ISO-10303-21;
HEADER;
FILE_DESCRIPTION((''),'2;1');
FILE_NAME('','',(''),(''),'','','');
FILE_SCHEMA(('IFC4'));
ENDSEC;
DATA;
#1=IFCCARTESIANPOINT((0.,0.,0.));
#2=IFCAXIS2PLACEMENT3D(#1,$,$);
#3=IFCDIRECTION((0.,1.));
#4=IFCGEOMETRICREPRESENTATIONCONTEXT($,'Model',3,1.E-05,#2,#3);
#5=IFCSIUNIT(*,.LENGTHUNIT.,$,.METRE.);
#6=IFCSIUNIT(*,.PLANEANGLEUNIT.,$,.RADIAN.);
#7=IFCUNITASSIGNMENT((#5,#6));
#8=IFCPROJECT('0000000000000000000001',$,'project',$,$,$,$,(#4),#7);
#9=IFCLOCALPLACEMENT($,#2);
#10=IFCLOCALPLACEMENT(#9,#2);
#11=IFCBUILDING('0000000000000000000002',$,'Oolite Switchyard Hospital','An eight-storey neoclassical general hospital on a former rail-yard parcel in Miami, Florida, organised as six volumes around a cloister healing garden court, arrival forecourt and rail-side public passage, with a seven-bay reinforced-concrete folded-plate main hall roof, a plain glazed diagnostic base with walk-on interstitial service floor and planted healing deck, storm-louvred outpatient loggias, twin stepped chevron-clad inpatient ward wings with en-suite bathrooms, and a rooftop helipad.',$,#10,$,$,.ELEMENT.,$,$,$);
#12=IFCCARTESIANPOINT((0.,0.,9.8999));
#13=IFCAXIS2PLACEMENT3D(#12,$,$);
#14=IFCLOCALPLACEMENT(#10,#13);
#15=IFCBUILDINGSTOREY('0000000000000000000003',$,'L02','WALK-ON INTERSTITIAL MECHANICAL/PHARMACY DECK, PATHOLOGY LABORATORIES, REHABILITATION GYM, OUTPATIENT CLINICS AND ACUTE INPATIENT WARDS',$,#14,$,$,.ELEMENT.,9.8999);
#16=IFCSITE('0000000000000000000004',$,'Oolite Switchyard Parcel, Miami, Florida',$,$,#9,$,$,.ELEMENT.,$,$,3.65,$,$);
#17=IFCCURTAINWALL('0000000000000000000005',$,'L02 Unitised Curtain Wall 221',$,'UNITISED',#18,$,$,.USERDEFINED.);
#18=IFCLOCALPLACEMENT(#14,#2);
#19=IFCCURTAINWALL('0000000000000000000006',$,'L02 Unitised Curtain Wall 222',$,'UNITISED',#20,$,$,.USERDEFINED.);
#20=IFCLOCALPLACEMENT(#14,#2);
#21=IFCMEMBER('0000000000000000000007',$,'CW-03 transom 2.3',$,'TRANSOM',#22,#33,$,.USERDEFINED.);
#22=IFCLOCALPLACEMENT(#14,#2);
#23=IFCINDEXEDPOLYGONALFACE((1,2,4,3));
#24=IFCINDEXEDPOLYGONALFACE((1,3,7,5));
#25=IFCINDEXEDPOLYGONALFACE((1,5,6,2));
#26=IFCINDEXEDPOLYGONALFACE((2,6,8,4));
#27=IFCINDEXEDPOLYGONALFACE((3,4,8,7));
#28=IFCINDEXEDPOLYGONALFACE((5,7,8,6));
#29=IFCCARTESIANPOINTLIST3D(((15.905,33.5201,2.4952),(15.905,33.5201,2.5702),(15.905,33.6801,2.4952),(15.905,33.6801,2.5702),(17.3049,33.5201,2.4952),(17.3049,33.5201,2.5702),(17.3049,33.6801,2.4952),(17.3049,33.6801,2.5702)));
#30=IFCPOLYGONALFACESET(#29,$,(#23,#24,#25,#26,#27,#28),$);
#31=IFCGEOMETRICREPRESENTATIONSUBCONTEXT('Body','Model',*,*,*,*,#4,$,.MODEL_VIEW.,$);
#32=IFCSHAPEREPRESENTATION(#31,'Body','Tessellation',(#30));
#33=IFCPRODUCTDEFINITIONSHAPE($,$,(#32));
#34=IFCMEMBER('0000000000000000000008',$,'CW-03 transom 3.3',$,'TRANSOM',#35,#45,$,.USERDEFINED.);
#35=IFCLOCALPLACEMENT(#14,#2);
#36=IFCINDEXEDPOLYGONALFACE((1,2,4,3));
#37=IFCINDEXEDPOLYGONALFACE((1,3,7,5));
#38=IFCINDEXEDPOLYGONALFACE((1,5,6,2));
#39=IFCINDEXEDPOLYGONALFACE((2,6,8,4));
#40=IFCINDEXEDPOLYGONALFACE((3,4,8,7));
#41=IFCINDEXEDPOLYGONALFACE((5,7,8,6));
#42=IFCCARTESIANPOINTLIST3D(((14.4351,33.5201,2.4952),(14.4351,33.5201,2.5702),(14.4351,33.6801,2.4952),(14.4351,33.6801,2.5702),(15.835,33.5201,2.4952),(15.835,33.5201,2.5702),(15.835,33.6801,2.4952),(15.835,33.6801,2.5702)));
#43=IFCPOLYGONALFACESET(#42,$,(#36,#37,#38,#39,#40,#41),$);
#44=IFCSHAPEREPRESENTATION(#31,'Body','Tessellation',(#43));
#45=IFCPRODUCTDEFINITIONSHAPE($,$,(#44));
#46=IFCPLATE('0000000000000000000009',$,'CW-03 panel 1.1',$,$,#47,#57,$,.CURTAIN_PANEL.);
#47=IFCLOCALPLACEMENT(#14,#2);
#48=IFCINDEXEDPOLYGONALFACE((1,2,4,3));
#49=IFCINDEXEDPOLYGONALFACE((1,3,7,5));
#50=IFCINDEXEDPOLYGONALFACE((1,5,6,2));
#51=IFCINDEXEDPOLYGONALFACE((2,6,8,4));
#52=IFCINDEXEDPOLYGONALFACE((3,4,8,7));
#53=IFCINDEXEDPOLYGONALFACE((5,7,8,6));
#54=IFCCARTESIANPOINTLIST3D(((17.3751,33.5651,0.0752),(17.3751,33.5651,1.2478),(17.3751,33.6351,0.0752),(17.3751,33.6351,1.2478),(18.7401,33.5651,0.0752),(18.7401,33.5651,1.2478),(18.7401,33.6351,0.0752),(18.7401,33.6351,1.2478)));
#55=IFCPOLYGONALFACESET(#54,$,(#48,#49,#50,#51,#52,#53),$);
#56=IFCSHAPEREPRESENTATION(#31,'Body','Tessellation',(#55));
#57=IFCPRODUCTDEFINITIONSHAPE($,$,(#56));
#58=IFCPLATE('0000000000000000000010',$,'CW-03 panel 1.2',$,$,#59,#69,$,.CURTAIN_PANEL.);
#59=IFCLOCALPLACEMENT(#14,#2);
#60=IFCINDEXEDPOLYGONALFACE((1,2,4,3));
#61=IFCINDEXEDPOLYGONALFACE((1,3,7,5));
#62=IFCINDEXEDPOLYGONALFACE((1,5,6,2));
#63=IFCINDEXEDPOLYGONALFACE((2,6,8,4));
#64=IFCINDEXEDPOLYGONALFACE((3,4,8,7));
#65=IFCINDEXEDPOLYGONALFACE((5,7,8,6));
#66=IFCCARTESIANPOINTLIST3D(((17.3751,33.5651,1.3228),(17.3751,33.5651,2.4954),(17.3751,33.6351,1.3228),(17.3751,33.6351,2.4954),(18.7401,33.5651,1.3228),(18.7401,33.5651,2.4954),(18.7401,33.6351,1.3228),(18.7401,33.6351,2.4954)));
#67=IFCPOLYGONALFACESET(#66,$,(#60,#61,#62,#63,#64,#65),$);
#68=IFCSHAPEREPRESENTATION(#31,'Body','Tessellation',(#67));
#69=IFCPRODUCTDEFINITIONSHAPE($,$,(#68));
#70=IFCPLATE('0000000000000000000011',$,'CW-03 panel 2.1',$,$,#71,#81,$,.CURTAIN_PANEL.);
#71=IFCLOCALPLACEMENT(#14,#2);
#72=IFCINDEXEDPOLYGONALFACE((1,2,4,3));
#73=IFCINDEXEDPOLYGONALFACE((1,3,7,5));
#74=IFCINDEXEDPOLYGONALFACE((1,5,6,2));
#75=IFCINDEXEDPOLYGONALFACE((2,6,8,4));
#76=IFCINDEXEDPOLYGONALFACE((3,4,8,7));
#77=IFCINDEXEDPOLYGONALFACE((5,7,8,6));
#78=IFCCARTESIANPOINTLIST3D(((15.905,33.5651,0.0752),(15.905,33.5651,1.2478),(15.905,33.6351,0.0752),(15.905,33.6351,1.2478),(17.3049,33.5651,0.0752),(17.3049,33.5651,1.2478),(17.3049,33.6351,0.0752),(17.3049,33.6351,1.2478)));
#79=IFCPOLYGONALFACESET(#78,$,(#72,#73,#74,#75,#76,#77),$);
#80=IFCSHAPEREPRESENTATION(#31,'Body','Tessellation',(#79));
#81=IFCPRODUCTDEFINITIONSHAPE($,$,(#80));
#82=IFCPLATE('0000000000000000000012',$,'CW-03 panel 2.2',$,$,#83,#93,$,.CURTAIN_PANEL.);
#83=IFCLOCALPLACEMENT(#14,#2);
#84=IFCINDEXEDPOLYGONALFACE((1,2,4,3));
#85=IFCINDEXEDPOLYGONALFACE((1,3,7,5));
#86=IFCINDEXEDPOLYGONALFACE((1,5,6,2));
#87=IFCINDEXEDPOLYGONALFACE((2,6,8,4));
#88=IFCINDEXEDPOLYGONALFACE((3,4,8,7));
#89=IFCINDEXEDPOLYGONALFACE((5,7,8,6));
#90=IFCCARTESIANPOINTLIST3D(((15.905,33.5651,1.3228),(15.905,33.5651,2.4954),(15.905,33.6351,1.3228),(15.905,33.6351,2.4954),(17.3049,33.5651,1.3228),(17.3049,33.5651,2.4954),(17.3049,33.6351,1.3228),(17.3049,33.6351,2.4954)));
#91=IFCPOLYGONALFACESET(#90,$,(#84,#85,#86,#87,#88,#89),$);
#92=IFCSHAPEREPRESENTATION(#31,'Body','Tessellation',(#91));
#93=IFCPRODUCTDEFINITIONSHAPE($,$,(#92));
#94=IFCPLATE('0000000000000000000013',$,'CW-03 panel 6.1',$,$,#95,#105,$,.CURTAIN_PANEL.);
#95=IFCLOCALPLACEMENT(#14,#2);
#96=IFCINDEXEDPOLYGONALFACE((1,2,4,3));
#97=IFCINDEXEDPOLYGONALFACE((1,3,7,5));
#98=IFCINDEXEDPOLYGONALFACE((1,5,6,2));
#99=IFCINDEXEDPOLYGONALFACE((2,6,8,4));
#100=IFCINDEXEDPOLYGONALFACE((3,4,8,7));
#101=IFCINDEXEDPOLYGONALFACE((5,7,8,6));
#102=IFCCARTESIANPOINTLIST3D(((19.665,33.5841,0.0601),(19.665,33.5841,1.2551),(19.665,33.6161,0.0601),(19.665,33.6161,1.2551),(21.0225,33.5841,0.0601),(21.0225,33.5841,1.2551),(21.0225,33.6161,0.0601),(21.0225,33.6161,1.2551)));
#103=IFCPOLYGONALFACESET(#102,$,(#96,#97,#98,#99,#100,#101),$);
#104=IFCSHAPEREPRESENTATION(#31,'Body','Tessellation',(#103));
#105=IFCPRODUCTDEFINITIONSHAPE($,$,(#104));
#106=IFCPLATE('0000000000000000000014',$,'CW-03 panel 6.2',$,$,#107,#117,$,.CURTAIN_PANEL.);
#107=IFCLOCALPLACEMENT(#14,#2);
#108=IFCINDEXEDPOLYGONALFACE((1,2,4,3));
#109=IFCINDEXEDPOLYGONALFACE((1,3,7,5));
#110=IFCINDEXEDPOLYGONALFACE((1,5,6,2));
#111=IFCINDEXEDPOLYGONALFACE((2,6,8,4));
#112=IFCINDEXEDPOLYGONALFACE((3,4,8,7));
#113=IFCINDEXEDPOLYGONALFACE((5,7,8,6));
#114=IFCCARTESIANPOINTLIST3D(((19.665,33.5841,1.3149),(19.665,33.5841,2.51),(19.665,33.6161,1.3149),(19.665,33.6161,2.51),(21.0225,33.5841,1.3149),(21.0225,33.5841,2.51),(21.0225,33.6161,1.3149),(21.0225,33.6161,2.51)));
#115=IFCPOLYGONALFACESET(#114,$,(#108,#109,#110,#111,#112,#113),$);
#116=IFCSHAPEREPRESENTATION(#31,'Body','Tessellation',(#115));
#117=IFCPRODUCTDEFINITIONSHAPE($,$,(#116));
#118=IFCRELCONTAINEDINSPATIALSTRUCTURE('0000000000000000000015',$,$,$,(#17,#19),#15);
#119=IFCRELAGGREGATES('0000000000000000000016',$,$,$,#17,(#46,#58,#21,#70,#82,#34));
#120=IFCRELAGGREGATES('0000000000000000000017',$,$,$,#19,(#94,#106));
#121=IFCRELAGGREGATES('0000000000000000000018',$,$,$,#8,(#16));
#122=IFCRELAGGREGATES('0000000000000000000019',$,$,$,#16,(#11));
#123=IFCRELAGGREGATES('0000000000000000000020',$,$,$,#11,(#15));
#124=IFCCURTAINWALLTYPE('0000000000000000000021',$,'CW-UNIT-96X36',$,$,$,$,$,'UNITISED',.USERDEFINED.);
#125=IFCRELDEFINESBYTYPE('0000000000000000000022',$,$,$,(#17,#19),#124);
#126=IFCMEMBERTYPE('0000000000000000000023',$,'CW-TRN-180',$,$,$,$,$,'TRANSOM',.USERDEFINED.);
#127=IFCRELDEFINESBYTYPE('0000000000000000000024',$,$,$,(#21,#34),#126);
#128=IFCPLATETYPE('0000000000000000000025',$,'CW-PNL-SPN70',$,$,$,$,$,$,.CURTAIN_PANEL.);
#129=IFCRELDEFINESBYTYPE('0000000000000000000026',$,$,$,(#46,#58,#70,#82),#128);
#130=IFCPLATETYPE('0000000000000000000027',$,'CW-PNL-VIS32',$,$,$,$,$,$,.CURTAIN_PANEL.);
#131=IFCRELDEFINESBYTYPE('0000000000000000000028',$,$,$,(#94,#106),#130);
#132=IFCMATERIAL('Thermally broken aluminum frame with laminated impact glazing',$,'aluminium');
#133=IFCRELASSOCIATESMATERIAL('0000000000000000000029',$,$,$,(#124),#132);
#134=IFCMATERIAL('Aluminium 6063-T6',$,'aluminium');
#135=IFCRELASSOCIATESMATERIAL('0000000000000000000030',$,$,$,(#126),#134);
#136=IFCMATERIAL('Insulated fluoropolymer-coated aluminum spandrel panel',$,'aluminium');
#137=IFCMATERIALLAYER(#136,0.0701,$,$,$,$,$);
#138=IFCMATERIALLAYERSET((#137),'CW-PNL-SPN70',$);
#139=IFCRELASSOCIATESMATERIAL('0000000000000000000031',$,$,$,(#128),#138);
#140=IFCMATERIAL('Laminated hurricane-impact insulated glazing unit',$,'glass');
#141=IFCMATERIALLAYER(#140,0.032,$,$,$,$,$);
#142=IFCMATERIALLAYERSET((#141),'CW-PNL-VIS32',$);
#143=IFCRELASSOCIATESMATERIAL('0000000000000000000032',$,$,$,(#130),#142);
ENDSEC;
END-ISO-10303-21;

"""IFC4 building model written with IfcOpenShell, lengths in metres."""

from ifc_helpers import new_model, si_unit, direction, frame, origin, origin_2d, place, context, subcontext, project, spatial, rectangle, extrude, material, layer, layer_set, material_profile, profile_set, type_object, element, aggregate, save


model = new_model("IFC4")

# Units and contexts
model_context = context("Model", 3, precision=1e-05, world=origin(), true_north=direction((0.0, 1.0)))
body_context = subcontext(model_context, "Body", "Model", "MODEL_VIEW")
ifc_project = project(units=[si_unit("LENGTHUNIT", "METRE"), si_unit("PLANEANGLEUNIT", "RADIAN")], contexts=[model_context])

# Site, building, storey
site_placement = place(None, origin())
site = spatial("IfcSite", under=ifc_project, at=site_placement, Name="Oolite Switchyard Parcel, Miami, Florida", CompositionType="ELEMENT", RefElevation=3.65)
building_placement = place(site_placement, origin())
building = spatial("IfcBuilding", under=site, at=building_placement, Name="Oolite Switchyard Hospital", Description="An eight-storey neoclassical general hospital on a former rail-yard parcel in Miami, Florida, organised as six volumes around a cloister healing garden court, arrival forecourt and rail-side public passage, with a seven-bay reinforced-concrete folded-plate main hall roof, a plain glazed diagnostic base with walk-on interstitial service floor and planted healing deck, storm-louvred outpatient loggias, twin stepped chevron-clad inpatient ward wings with en-suite bathrooms, and a rooftop helipad.", CompositionType="ELEMENT")
storey_placement = place(building_placement, frame((0.0, 0.0, 9.8999)))
storey = spatial("IfcBuildingStorey", under=building, at=storey_placement, Name="L02", Description="WALK-ON INTERSTITIAL MECHANICAL/PHARMACY DECK, PATHOLOGY LABORATORIES, REHABILITATION GYM, OUTPATIENT CLINICS AND ACUTE INPATIENT WARDS", CompositionType="ELEMENT", Elevation=9.8999)

# Curtain walls
ifc_material_1 = material(Name="Thermally broken aluminum frame with laminated impact glazing", Category="aluminium")
curtain_wall_type = type_object("IfcCurtainWallType", Name="CW-UNIT-96X36", ElementType="UNITISED", PredefinedType="USERDEFINED", material=ifc_material_1)
curtain_wall_1_placement = place(storey_placement, origin())
curtain_wall_1 = element("IfcCurtainWall", 1, at=curtain_wall_1_placement, inside=storey, type_object=curtain_wall_type, Name="L02 Unitised Curtain Wall 221", ObjectType="UNITISED", PredefinedType="USERDEFINED")
ifc_material_2 = material(Name="Aluminium 6063-T6", Category="aluminium")
curtain_wall_2_placement = place(storey_placement, origin())
curtain_wall_2 = element("IfcCurtainWall", 2, at=curtain_wall_2_placement, inside=storey, type_object=curtain_wall_type, Name="L02 Unitised Curtain Wall 222", ObjectType="UNITISED", PredefinedType="USERDEFINED")

# Members
ifc_material_profile_1 = material_profile(ifc_material_2, rectangle(XDim=0.1599, YDim=0.075, at=origin_2d()), Name="CWT75X160")
ifc_profile_set_1 = profile_set([ifc_material_profile_1], Name="Aluminium 6063-T6")
member_type_1 = type_object("IfcMemberType", Name="CW-TRN-180", ElementType="TRANSOM", PredefinedType="USERDEFINED", material=ifc_profile_set_1)
member_1_placement = place(storey_placement, frame((17.3049, 33.6001, 2.5327), z_axis=(-1.0, 0.0, 0.0), x_axis=(0.0, -1.0, 0.0)))
member_1 = element("IfcMember", 3, at=member_1_placement, type_object=member_type_1, Name="CW-03 transom 2.3", ObjectType="TRANSOM", PredefinedType="USERDEFINED", context=body_context, shape_type="SweptSolid", body=[
    extrude(rectangle(XDim=0.1599, YDim=0.075, at=origin_2d()), origin(), (0.0, 0.0, 1.0), 1.3999),
])
member_2_placement = place(storey_placement, frame((15.835, 33.6001, 2.5327), z_axis=(-1.0, 0.0, 0.0), x_axis=(0.0, -1.0, 0.0)))
member_2 = element("IfcMember", 4, at=member_2_placement, type_object=member_type_1, Name="CW-03 transom 3.3", ObjectType="TRANSOM", PredefinedType="USERDEFINED", context=body_context, shape_type="SweptSolid", body=[
    extrude(rectangle(XDim=0.1599, YDim=0.075, at=origin_2d()), origin(), (0.0, 0.0, 1.0), 1.3999),
])

# Plates
ifc_material_3 = material(Name="Insulated fluoropolymer-coated aluminum spandrel panel", Category="aluminium")
ifc_layer_1 = layer(ifc_material_3, 0.0701)
ifc_layer_set_1 = layer_set([ifc_layer_1], Name="CW-PNL-SPN70")
plate_type_1 = type_object("IfcPlateType", Name="CW-PNL-SPN70", PredefinedType="CURTAIN_PANEL", material=ifc_layer_set_1)
plate_1_placement = place(storey_placement, frame((18.0576, 33.6001, 0.0752), z_axis=(0.0, 0.0, 1.0), x_axis=(-1.0, 0.0, 0.0)))
plate_1 = element("IfcPlate", 5, at=plate_1_placement, type_object=plate_type_1, Name="CW-03 panel 1.1", PredefinedType="CURTAIN_PANEL", context=body_context, shape_type="SweptSolid", body=[
    extrude(rectangle(XDim=1.365, YDim=0.0701, at=origin_2d()), origin(), (0.0, 0.0, 1.0), 1.1726),
])
plate_2_placement = place(storey_placement, frame((18.0576, 33.6001, 1.3228), z_axis=(0.0, 0.0, 1.0), x_axis=(-1.0, 0.0, 0.0)))
plate_2 = element("IfcPlate", 6, at=plate_2_placement, type_object=plate_type_1, Name="CW-03 panel 1.2", PredefinedType="CURTAIN_PANEL", context=body_context, shape_type="SweptSolid", body=[
    extrude(rectangle(XDim=1.365, YDim=0.0701, at=origin_2d()), origin(), (0.0, 0.0, 1.0), 1.1726),
])
plate_3_placement = place(storey_placement, frame((16.605, 33.6001, 0.0752), z_axis=(0.0, 0.0, 1.0), x_axis=(-1.0, 0.0, 0.0)))
plate_3 = element("IfcPlate", 7, at=plate_3_placement, type_object=plate_type_1, Name="CW-03 panel 2.1", PredefinedType="CURTAIN_PANEL", context=body_context, shape_type="SweptSolid", body=[
    extrude(rectangle(XDim=1.3999, YDim=0.0701, at=origin_2d()), origin(), (0.0, 0.0, 1.0), 1.1726),
])
plate_4_placement = place(storey_placement, frame((16.605, 33.6001, 1.3228), z_axis=(0.0, 0.0, 1.0), x_axis=(-1.0, 0.0, 0.0)))
plate_4 = element("IfcPlate", 8, at=plate_4_placement, type_object=plate_type_1, Name="CW-03 panel 2.2", PredefinedType="CURTAIN_PANEL", context=body_context, shape_type="SweptSolid", body=[
    extrude(rectangle(XDim=1.3999, YDim=0.0701, at=origin_2d()), origin(), (0.0, 0.0, 1.0), 1.1726),
])
aggregate(curtain_wall_1, [plate_1, plate_2, member_1, plate_3, plate_4, member_2])
ifc_material_4 = material(Name="Laminated hurricane-impact insulated glazing unit", Category="glass")
ifc_layer_2 = layer(ifc_material_4, 0.032)
ifc_layer_set_2 = layer_set([ifc_layer_2], Name="CW-PNL-VIS32")
plate_type_2 = type_object("IfcPlateType", Name="CW-PNL-VIS32", PredefinedType="CURTAIN_PANEL", material=ifc_layer_set_2)
plate_5_placement = place(storey_placement, frame((20.3438, 33.6001, 0.0601), z_axis=(0.0, 0.0, 1.0), x_axis=(-1.0, 0.0, 0.0)))
plate_5 = element("IfcPlate", 9, at=plate_5_placement, type_object=plate_type_2, Name="CW-03 panel 6.1", PredefinedType="CURTAIN_PANEL", context=body_context, shape_type="SweptSolid", body=[
    extrude(rectangle(XDim=1.3574, YDim=0.032, at=origin_2d()), origin(), (0.0, 0.0, 1.0), 1.1951),
])
plate_6_placement = place(storey_placement, frame((20.3438, 33.6001, 1.3149), z_axis=(0.0, 0.0, 1.0), x_axis=(-1.0, 0.0, 0.0)))
plate_6 = element("IfcPlate", 10, at=plate_6_placement, type_object=plate_type_2, Name="CW-03 panel 6.2", PredefinedType="CURTAIN_PANEL", context=body_context, shape_type="SweptSolid", body=[
    extrude(rectangle(XDim=1.3574, YDim=0.032, at=origin_2d()), origin(), (0.0, 0.0, 1.0), 1.1951),
])
aggregate(curtain_wall_2, [plate_5, plate_6])

save(model, "model.ifc")
